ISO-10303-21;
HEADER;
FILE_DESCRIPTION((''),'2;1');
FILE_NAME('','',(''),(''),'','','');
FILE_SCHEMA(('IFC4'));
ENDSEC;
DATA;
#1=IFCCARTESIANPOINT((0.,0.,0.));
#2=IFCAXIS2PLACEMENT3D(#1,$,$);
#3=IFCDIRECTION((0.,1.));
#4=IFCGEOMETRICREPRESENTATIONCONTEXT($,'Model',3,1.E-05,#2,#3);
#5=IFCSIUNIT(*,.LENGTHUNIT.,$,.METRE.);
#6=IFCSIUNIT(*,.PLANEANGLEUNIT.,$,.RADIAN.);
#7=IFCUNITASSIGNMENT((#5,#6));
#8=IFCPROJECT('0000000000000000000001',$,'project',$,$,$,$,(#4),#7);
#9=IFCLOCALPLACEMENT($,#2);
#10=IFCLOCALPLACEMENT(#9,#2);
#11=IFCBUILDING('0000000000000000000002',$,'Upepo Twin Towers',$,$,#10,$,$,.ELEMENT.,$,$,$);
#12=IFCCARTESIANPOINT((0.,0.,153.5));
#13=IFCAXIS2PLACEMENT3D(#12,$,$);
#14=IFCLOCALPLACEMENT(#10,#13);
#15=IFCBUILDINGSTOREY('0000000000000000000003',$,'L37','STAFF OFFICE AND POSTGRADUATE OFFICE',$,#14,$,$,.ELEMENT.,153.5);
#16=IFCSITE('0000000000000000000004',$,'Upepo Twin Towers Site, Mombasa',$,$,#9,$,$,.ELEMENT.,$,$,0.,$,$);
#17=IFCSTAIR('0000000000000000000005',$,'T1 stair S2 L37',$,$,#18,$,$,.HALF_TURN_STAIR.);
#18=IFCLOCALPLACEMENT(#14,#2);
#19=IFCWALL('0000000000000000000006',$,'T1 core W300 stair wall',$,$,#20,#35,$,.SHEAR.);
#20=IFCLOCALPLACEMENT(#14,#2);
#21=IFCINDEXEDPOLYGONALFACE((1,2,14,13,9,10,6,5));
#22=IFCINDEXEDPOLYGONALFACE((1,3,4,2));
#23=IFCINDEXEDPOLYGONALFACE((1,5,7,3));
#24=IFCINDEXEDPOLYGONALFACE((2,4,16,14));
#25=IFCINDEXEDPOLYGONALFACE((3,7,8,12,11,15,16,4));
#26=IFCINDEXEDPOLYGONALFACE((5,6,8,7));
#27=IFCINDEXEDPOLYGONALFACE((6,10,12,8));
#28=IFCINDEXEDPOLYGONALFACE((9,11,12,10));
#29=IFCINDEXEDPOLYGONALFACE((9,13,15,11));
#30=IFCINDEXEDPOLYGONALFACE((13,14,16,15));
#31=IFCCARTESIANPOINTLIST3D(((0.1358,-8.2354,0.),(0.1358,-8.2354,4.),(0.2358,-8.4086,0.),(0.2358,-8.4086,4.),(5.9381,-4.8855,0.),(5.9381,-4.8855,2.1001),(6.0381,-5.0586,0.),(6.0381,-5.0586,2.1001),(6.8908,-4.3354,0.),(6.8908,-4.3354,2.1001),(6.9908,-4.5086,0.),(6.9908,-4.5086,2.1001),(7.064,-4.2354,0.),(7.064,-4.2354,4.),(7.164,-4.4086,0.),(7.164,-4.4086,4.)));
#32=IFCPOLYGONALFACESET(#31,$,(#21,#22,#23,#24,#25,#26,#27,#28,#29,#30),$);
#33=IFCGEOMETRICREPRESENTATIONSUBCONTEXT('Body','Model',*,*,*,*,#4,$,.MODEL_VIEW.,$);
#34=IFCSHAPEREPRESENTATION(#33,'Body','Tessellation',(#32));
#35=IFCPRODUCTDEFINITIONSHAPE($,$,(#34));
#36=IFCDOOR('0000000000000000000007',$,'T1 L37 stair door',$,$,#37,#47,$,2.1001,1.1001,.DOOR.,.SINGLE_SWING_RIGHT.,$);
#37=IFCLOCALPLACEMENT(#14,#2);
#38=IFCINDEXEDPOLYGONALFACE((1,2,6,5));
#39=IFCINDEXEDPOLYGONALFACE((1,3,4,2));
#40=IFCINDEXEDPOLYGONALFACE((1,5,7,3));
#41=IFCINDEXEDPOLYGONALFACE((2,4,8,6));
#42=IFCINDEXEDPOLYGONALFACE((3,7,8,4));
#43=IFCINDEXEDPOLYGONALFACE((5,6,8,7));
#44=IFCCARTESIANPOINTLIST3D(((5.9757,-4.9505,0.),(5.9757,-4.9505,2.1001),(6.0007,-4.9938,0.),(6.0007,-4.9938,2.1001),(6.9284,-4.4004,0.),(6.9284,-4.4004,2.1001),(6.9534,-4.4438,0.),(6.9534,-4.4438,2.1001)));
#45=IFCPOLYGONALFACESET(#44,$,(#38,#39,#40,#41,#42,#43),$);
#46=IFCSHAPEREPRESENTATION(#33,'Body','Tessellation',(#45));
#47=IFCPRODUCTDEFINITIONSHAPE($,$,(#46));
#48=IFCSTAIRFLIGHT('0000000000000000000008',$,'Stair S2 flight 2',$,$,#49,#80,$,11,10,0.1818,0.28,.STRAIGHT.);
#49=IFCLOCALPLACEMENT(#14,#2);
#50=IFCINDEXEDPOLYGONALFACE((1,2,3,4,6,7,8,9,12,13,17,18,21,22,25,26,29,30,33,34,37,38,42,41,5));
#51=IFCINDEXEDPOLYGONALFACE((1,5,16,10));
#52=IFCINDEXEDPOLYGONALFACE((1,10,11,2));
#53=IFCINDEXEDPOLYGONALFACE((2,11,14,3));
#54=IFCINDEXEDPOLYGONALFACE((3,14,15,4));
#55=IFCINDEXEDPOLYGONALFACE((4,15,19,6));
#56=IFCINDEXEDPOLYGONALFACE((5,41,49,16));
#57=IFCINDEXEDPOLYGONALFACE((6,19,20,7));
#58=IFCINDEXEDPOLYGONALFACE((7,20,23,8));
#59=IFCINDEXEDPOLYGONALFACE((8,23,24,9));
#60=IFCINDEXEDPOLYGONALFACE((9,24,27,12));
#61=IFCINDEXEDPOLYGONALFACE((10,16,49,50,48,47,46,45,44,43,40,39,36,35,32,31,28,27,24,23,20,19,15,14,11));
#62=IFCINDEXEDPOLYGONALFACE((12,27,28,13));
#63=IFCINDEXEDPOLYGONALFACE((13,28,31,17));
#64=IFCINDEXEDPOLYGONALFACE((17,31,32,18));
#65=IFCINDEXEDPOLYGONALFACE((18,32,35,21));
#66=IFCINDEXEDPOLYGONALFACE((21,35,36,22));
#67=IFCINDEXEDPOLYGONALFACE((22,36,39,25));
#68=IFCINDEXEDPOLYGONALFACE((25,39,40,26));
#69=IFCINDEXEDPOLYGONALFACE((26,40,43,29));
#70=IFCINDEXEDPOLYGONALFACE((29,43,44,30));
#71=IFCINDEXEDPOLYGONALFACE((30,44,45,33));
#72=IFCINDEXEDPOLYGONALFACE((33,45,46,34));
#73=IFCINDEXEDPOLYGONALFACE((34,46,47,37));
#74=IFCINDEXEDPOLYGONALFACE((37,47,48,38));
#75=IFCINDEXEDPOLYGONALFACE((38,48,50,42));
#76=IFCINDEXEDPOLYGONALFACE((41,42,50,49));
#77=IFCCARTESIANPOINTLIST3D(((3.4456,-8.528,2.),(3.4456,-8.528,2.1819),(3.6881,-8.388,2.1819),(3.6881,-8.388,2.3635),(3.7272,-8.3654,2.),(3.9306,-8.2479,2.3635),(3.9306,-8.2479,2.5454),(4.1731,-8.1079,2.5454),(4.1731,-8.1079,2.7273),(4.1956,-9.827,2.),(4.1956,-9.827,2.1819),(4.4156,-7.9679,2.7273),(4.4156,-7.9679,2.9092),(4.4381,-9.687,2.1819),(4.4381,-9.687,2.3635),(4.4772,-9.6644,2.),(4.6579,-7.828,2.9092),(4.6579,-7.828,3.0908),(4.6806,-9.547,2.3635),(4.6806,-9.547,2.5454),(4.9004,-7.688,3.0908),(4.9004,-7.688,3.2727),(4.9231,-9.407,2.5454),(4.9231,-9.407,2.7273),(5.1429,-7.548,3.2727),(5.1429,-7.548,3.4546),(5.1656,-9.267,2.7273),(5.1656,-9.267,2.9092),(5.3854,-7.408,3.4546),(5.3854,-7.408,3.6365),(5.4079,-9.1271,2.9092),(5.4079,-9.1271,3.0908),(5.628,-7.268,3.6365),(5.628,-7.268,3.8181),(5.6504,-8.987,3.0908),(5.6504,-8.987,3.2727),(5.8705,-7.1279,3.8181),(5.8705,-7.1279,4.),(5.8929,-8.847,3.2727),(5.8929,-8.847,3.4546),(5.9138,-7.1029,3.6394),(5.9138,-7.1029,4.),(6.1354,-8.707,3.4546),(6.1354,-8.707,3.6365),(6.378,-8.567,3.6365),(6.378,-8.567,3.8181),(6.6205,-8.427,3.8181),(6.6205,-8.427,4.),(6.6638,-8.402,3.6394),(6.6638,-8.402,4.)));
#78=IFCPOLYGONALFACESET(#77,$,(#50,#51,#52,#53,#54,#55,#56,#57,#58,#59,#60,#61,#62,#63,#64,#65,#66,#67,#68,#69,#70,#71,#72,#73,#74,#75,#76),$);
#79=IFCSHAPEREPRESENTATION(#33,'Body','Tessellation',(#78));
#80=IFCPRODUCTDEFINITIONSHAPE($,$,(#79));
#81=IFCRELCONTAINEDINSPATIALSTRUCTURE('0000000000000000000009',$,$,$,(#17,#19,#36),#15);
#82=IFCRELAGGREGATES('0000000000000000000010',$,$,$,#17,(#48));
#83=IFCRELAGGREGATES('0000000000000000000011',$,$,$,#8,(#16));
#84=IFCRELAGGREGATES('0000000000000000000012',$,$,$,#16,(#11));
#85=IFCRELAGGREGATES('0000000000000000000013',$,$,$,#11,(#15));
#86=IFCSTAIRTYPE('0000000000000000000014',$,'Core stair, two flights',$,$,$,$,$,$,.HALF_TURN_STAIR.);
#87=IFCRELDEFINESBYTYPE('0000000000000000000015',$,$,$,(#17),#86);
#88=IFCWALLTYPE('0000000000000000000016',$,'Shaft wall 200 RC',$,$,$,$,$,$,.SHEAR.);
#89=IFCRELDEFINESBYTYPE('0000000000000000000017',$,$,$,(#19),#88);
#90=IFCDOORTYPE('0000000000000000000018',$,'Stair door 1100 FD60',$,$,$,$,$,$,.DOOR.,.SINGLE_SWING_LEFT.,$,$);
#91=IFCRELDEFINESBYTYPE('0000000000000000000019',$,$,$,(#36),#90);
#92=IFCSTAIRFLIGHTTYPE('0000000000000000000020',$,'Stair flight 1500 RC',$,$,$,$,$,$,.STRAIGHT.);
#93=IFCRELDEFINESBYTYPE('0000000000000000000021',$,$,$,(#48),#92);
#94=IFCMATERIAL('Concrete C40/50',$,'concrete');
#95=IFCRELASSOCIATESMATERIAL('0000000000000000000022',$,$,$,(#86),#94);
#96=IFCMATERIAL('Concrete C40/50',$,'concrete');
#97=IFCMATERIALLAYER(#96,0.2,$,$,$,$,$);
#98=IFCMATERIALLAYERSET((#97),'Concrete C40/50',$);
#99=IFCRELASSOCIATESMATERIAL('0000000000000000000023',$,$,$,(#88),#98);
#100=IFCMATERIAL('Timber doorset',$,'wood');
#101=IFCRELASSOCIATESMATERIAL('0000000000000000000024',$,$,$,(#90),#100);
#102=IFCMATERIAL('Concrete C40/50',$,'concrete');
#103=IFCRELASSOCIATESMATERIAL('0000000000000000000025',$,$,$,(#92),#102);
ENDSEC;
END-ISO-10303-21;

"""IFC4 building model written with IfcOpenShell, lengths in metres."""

from ifc_helpers import new_model, si_unit, direction, frame, frame_2d, origin, place, context, subcontext, project, spatial, polyline, rectangle, outline, extrude, material, layer, layer_set, type_object, element, fill, aggregate, save


model = new_model("IFC4")

# Units and contexts
model_context = context("Model", 3, precision=1e-05, world=origin(), true_north=direction((0.0, 1.0)))
body_context = subcontext(model_context, "Body", "Model", "MODEL_VIEW")
ifc_project = project(units=[si_unit("LENGTHUNIT", "METRE"), si_unit("PLANEANGLEUNIT", "RADIAN")], contexts=[model_context])

# Site, building, storey
site_placement = place(None, origin())
site = spatial("IfcSite", under=ifc_project, at=site_placement, Name="Upepo Twin Towers Site, Mombasa", CompositionType="ELEMENT", RefElevation=0.0)
building_placement = place(site_placement, origin())
building = spatial("IfcBuilding", under=site, at=building_placement, Name="Upepo Twin Towers", CompositionType="ELEMENT")
storey_placement = place(building_placement, frame((0.0, 0.0, 153.5)))
storey = spatial("IfcBuildingStorey", under=building, at=storey_placement, Name="L37", Description="STAFF OFFICE AND POSTGRADUATE OFFICE", CompositionType="ELEMENT", Elevation=153.5)

# Stair
ifc_material_1 = material(Name="Concrete C40/50", Category="concrete")
stair_type = type_object("IfcStairType", Name="Core stair, two flights", PredefinedType="HALF_TURN_STAIR", material=ifc_material_1)
stair_1_placement = place(storey_placement, origin())
stair_1 = element("IfcStair", 1, at=stair_1_placement, inside=storey, type_object=stair_type, Name="T1 stair S2 L37", PredefinedType="HALF_TURN_STAIR")

# Shared definitions
ifc_material_2 = material(Name="Concrete C40/50", Category="concrete")
ifc_layer_1 = layer(ifc_material_2, 0.2)
ifc_layer_set_1 = layer_set([ifc_layer_1], Name="Concrete C40/50")
wall_type = type_object("IfcWallType", Name="Shaft wall 200 RC", PredefinedType="SHEAR", material=ifc_layer_set_1)

# Wall, opening, door
wall_1_placement = place(storey_placement, frame((0.1858, -8.322, 0.0), z_axis=(0.0, 0.0, 1.0), x_axis=(0.866026, 0.499999, 0.0)))
wall_1 = element("IfcWall", 2, at=wall_1_placement, inside=storey, type_object=wall_type, Name="T1 core W300 stair wall", PredefinedType="SHEAR", context=body_context, shape_type="SweptSolid", body=[
    extrude(rectangle(XDim=8.0, YDim=0.2, at=frame_2d((4.0, 0.0))), origin(), (0.0, 0.0, 1.0), 4.0),
])
opening_placement = place(wall_1_placement, frame((6.7, 0.0, 0.0)))
opening = element("IfcOpeningElement", 3, at=opening_placement, cuts=wall_1, PredefinedType="OPENING", context=body_context, shape_type="SweptSolid", body=[
    extrude(rectangle(XDim=1.1001, YDim=2.1001, at=frame_2d((0.55, 1.05))), frame((0.0, 0.1099, 0.0), z_axis=(0.0, -1.0, 0.0), x_axis=(1.0, 0.0, 0.0)), (0.0, 0.0, 1.0), 0.22),
])
ifc_material_3 = material(Name="Timber doorset", Category="wood")
door_type = type_object("IfcDoorType", Name="Stair door 1100 FD60", OperationType="SINGLE_SWING_LEFT", PredefinedType="DOOR", material=ifc_material_3)
door_placement = place(opening_placement, origin())
door = element("IfcDoor", 4, at=door_placement, inside=storey, type_object=door_type, Name="T1 L37 stair door", OperationType="SINGLE_SWING_RIGHT", OverallHeight=2.1001, OverallWidth=1.1001, PredefinedType="DOOR", context=body_context, shape_type="SweptSolid", body=[
    extrude(rectangle(XDim=1.1001, YDim=2.1001, at=frame_2d((0.55, 1.05))), frame((0.0, 0.0249, 0.0), z_axis=(0.0, -1.0, 0.0), x_axis=(1.0, 0.0, 0.0)), (0.0, 0.0, 1.0), 0.05),
])
fill(opening, door)

# Stair flight
ifc_material_4 = material(Name="Concrete C40/50", Category="concrete")
stair_flight_type = type_object("IfcStairFlightType", Name="Stair flight 1500 RC", PredefinedType="STRAIGHT", material=ifc_material_4)
stair_flight_placement = place(storey_placement, frame((3.8206, -9.1775, 2.0), z_axis=(0.0, 0.0, 1.0), x_axis=(0.866025, 0.5, 0.0)))
stair_flight = element("IfcStairFlight", 5, at=stair_flight_placement, type_object=stair_flight_type, Name="Stair S2 flight 2", NumberOfRisers=11, NumberOfTreads=10, PredefinedType="STRAIGHT", RiserHeight=0.1818, TreadLength=0.28, context=body_context, shape_type="SweptSolid", body=[
    extrude(outline(polyline([(0.0, 0.0), (0.0, 0.1819), (0.28, 0.1819), (0.28, 0.3635), (0.5601, 0.3635), (0.5601, 0.5454), (0.8401, 0.5454), (0.8401, 0.7273), (1.1201, 0.7273), (1.1201, 0.9092), (1.3999, 0.9092), (1.3999, 1.0908), (1.6799, 1.0908), (1.6799, 1.2727), (1.96, 1.2727), (1.96, 1.4546), (2.24, 1.4546), (2.24, 1.6365), (2.52, 1.6365), (2.52, 1.8181), (2.8, 1.8181), (2.8, 2.0), (2.8501, 2.0), (2.8501, 1.6394), (0.3252, 0.0), (0.0, 0.0)])), frame((0.0, 0.75, 0.0), z_axis=(0.0, -1.0, 0.0), x_axis=(1.0, 0.0, 0.0)), (0.0, 0.0, 1.0), 1.5),
])
aggregate(stair_1, [stair_flight])

save(model, "model.ifc")
